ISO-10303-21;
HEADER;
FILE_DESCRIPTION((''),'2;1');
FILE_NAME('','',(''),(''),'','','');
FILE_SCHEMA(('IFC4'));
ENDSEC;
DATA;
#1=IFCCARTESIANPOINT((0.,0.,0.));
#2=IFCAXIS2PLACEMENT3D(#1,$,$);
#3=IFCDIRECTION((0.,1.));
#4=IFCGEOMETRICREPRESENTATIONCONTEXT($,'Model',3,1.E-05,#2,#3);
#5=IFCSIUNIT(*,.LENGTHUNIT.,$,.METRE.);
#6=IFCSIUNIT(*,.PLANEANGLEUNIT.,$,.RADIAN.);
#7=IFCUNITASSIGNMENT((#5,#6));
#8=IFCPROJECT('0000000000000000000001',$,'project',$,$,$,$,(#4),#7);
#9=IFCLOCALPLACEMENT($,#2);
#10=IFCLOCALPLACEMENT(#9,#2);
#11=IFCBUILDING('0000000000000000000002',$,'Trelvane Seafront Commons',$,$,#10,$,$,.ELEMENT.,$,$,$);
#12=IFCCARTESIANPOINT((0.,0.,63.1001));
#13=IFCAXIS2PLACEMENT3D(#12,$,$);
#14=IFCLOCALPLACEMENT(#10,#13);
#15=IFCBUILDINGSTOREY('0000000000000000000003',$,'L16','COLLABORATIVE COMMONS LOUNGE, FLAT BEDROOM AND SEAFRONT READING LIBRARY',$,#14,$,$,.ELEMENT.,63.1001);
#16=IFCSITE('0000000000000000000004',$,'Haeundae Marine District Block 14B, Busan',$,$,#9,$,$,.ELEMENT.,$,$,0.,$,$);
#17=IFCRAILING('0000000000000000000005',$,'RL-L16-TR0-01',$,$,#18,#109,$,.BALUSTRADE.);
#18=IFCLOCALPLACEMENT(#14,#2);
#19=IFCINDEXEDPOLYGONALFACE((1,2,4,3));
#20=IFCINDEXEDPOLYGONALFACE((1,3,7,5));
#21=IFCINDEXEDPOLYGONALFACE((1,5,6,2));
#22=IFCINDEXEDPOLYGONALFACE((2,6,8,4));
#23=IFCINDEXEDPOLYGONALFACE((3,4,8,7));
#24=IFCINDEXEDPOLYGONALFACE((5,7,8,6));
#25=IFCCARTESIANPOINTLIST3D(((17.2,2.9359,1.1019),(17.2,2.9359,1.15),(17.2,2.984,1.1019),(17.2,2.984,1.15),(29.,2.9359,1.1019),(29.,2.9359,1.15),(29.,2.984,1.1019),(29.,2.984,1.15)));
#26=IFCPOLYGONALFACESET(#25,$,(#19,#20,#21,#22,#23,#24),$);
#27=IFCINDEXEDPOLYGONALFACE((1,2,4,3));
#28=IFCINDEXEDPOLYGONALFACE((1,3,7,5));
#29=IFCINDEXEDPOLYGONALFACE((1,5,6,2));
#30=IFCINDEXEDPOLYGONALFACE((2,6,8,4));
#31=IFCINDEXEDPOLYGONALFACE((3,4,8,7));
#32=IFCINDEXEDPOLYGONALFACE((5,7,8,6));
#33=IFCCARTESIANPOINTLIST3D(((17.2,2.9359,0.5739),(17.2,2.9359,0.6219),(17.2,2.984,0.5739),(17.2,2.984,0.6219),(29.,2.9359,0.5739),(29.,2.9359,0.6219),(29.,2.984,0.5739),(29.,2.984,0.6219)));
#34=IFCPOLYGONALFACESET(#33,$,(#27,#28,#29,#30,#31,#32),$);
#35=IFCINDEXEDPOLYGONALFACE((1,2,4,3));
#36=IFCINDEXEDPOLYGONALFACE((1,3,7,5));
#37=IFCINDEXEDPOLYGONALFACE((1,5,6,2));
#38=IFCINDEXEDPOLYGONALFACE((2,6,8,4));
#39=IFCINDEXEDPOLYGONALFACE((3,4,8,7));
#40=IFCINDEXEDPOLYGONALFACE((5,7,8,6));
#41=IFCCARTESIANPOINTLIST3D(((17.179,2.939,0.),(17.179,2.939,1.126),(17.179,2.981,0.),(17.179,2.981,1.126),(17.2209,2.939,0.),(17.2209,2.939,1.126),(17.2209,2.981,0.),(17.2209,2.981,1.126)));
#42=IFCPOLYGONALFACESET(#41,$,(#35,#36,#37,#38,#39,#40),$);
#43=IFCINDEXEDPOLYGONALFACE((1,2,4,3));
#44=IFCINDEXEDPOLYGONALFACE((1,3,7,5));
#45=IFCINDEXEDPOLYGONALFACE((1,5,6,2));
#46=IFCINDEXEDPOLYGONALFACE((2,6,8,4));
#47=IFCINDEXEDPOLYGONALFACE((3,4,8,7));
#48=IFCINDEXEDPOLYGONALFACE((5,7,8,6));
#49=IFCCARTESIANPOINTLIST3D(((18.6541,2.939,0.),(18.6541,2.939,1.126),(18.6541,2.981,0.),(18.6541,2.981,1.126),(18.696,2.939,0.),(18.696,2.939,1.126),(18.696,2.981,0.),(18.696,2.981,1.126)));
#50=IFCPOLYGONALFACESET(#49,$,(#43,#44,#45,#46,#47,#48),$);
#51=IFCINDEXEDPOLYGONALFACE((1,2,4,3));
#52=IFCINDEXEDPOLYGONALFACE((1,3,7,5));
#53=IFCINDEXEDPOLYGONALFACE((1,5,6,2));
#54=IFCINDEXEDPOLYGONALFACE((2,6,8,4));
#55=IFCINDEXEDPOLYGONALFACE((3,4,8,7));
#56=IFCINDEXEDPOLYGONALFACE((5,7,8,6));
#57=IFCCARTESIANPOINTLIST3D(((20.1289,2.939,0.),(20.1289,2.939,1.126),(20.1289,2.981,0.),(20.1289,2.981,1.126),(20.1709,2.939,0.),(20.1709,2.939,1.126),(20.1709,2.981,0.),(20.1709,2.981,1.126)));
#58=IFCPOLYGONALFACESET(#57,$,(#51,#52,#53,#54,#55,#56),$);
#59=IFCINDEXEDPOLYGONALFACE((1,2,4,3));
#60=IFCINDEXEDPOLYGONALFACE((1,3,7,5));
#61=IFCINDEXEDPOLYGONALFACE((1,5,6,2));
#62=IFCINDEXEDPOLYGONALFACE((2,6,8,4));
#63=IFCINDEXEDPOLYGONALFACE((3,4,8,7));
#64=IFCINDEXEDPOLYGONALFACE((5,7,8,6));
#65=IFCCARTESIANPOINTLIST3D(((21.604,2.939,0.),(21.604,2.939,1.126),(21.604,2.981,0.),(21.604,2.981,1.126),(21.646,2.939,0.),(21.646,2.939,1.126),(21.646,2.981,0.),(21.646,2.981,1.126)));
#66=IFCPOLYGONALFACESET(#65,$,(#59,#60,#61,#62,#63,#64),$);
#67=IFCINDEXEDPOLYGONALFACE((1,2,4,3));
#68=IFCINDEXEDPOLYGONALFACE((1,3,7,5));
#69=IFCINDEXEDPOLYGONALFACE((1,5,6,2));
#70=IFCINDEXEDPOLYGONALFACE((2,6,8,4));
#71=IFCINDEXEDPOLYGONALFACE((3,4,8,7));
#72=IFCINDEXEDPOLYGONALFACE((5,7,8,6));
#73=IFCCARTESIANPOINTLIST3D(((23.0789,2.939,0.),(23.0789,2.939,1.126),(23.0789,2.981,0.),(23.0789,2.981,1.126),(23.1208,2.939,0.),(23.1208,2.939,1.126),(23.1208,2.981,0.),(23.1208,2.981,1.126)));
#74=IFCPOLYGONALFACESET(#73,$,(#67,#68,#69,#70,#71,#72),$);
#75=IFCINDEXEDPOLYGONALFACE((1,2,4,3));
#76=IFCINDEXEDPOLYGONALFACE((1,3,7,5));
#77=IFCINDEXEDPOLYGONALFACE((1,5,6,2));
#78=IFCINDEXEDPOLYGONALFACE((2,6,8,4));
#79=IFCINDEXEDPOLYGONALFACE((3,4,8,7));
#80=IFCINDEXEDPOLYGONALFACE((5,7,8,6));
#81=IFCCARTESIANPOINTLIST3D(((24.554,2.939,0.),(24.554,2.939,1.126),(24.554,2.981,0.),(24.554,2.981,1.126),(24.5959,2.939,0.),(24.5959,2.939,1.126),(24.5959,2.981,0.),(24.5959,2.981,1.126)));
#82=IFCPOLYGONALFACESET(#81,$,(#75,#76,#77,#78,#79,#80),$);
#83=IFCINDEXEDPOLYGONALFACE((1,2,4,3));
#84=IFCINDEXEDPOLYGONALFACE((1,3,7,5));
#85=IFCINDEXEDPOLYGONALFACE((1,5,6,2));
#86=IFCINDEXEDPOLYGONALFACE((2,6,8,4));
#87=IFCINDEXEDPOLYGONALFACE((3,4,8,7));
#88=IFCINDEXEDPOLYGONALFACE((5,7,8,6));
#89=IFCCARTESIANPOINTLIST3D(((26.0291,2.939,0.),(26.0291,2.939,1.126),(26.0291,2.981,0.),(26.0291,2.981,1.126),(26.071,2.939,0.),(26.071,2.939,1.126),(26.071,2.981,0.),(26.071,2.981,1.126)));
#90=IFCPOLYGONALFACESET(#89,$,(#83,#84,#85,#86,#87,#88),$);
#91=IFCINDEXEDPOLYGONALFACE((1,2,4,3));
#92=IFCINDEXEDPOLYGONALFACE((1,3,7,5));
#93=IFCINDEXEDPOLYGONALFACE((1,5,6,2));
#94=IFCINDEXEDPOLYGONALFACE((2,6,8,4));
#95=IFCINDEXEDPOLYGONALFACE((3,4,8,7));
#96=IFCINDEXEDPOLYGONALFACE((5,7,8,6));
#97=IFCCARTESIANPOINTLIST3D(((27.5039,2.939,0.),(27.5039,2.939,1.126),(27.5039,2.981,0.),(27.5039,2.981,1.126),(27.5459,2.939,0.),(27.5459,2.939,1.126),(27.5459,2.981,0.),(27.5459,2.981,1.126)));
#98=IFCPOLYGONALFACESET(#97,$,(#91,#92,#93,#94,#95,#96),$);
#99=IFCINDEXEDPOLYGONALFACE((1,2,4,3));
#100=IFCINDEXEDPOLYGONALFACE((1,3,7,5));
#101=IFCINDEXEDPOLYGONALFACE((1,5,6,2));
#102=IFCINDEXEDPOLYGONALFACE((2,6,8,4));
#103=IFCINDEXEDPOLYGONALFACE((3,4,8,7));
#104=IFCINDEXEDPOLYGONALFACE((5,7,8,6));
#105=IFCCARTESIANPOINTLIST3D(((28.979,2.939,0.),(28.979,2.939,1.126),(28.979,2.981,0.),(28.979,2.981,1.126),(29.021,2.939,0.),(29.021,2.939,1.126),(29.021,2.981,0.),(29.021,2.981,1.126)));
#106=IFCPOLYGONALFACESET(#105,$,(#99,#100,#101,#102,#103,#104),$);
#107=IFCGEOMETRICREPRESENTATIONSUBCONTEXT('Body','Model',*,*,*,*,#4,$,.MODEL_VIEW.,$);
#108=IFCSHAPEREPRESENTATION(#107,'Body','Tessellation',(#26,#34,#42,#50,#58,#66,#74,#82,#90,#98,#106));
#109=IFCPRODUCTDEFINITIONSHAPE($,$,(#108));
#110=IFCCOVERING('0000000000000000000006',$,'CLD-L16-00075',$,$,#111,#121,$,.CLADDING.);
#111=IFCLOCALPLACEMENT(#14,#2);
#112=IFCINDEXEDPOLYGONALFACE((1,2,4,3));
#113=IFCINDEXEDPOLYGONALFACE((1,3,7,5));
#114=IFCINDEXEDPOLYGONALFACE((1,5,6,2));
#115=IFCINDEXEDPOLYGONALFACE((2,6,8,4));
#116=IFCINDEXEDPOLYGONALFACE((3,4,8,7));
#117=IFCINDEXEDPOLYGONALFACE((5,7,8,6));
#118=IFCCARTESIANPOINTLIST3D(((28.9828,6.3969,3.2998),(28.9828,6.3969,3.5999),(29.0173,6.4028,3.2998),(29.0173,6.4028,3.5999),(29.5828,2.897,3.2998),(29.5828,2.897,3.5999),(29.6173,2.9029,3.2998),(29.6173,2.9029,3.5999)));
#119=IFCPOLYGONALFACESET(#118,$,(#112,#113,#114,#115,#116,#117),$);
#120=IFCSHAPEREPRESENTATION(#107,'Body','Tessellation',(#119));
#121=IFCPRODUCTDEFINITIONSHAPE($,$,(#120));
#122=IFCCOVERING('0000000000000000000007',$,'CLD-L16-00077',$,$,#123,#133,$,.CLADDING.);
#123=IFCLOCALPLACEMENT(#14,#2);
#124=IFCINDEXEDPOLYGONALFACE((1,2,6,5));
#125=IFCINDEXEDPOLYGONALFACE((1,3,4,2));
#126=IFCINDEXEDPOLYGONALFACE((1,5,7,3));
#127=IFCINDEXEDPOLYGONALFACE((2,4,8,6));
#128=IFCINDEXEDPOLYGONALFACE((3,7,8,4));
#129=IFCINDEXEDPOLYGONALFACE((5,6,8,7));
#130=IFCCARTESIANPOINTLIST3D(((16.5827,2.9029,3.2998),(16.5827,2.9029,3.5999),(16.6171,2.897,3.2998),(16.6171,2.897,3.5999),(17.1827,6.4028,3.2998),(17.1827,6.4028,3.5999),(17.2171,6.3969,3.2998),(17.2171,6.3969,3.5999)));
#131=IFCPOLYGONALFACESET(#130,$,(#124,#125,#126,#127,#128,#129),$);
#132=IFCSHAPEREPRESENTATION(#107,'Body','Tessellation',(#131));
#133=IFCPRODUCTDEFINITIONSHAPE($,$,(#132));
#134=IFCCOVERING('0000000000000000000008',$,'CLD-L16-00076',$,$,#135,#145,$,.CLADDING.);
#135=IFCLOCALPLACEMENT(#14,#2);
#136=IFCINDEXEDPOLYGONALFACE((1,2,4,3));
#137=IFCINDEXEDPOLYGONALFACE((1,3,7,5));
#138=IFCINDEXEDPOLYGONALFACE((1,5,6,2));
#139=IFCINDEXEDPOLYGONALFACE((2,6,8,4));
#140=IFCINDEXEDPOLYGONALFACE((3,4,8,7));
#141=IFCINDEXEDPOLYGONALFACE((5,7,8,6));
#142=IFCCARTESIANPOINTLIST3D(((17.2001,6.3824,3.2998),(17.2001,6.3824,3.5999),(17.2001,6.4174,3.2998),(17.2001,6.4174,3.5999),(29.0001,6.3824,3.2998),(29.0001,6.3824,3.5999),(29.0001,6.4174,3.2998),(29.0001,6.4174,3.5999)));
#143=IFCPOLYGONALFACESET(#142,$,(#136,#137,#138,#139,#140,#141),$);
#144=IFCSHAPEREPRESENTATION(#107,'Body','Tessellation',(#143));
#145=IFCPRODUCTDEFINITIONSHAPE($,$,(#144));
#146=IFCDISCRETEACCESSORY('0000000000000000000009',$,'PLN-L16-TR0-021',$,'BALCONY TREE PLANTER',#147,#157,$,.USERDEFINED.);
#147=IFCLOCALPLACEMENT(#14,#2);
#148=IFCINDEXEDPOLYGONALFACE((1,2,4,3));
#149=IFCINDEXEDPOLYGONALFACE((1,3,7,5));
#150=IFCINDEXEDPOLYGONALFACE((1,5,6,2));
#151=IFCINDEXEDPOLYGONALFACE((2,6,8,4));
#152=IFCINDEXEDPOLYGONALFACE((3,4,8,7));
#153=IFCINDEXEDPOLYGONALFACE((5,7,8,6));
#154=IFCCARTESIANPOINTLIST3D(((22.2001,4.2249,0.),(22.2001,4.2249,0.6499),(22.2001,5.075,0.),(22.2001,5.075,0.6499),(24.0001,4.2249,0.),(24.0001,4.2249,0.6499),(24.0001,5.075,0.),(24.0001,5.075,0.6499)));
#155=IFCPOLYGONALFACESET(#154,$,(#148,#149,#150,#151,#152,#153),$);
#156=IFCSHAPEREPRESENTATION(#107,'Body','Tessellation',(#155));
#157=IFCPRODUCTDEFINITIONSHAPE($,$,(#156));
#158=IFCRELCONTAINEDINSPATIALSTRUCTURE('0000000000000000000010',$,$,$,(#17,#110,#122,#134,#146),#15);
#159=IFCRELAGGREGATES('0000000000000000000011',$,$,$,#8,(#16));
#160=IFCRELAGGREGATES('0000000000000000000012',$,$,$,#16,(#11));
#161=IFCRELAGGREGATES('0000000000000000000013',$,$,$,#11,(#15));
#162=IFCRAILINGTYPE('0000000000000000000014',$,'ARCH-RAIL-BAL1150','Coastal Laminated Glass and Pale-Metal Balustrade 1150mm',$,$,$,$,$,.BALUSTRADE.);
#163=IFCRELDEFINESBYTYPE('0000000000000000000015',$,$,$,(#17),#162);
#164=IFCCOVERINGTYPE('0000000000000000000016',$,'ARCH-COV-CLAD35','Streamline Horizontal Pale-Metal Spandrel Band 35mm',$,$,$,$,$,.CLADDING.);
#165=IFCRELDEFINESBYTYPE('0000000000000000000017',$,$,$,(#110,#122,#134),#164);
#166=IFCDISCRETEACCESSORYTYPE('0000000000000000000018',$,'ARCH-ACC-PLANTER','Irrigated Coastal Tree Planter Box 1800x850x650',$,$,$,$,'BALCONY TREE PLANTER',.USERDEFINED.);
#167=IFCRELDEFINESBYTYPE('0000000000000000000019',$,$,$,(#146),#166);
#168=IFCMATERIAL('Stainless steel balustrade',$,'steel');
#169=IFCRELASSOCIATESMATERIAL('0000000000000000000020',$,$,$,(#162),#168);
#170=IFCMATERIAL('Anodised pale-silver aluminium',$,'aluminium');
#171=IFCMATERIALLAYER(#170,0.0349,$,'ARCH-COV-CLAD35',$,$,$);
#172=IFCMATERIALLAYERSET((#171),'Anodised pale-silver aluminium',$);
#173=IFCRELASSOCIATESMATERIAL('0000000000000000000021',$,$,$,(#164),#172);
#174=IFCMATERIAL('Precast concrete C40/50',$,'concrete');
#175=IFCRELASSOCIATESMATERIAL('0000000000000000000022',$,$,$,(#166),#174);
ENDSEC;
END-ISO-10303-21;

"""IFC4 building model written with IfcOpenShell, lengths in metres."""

from ifc_helpers import new_model, si_unit, direction, frame, origin, origin_2d, place, context, subcontext, project, spatial, rectangle, extrude, source, transform, mapped, material, layer, layer_set, type_object, element, save


model = new_model("IFC4")

# Units and contexts
model_context = context("Model", 3, precision=1e-05, world=origin(), true_north=direction((0.0, 1.0)))
body_context = subcontext(model_context, "Body", "Model", "MODEL_VIEW")
ifc_project = project(units=[si_unit("LENGTHUNIT", "METRE"), si_unit("PLANEANGLEUNIT", "RADIAN")], contexts=[model_context])

# Site, building, storey
site_placement = place(None, origin())
site = spatial("IfcSite", under=ifc_project, at=site_placement, Name="Haeundae Marine District Block 14B, Busan", CompositionType="ELEMENT", RefElevation=0.0)
building_placement = place(site_placement, origin())
building = spatial("IfcBuilding", under=site, at=building_placement, Name="Trelvane Seafront Commons", CompositionType="ELEMENT")
storey_placement = place(building_placement, frame((0.0, 0.0, 63.1001)))
storey = spatial("IfcBuildingStorey", under=building, at=storey_placement, Name="L16", Description="COLLABORATIVE COMMONS LOUNGE, FLAT BEDROOM AND SEAFRONT READING LIBRARY", CompositionType="ELEMENT", Elevation=63.1001)

# Shared definitions
ifc_material_1 = material(Name="Anodised pale-silver aluminium", Category="aluminium")

# Shared definitions
ifc_material_2 = material(Name="Precast concrete C40/50", Category="concrete")

# Railing
ifc_material_3 = material(Name="Stainless steel balustrade", Category="steel")
railing_type = type_object("IfcRailingType", Name="ARCH-RAIL-BAL1150", Description="Coastal Laminated Glass and Pale-Metal Balustrade 1150mm", PredefinedType="BALUSTRADE", material=ifc_material_3)
railing_placement = place(storey_placement, frame((17.2, 2.96, 0.0)))
element("IfcRailing", 1, at=railing_placement, inside=storey, type_object=railing_type, Name="RL-L16-TR0-01", PredefinedType="BALUSTRADE", context=body_context, shape_type="SweptSolid", body=[
    extrude(rectangle(XDim=0.0481, YDim=0.0481, at=origin_2d()), frame((0.0, 0.0, 1.126), z_axis=(1.0, 0.0, 0.0), x_axis=(0.0, 1.0, 0.0)), (0.0, 0.0, 1.0), 11.8),
    extrude(rectangle(XDim=0.0481, YDim=0.0481, at=origin_2d()), frame((0.0, 0.0, 0.5979), z_axis=(1.0, 0.0, 0.0), x_axis=(0.0, 1.0, 0.0)), (0.0, 0.0, 1.0), 11.8),
    extrude(rectangle(XDim=0.042, YDim=0.042, at=origin_2d()), origin(), (0.0, 0.0, 1.0), 1.126),
    extrude(rectangle(XDim=0.042, YDim=0.042, at=origin_2d()), frame((1.4751, 0.0, 0.0)), (0.0, 0.0, 1.0), 1.126),
    extrude(rectangle(XDim=0.042, YDim=0.042, at=origin_2d()), frame((2.95, 0.0, 0.0)), (0.0, 0.0, 1.0), 1.126),
    extrude(rectangle(XDim=0.042, YDim=0.042, at=origin_2d()), frame((4.425, 0.0, 0.0)), (0.0, 0.0, 1.0), 1.126),
    extrude(rectangle(XDim=0.042, YDim=0.042, at=origin_2d()), frame((5.8999, 0.0, 0.0)), (0.0, 0.0, 1.0), 1.126),
    extrude(rectangle(XDim=0.042, YDim=0.042, at=origin_2d()), frame((7.375, 0.0, 0.0)), (0.0, 0.0, 1.0), 1.126),
    extrude(rectangle(XDim=0.042, YDim=0.042, at=origin_2d()), frame((8.8501, 0.0, 0.0)), (0.0, 0.0, 1.0), 1.126),
    extrude(rectangle(XDim=0.042, YDim=0.042, at=origin_2d()), frame((10.325, 0.0, 0.0)), (0.0, 0.0, 1.0), 1.126),
    extrude(rectangle(XDim=0.042, YDim=0.042, at=origin_2d()), frame((11.8, 0.0, 0.0)), (0.0, 0.0, 1.0), 1.126),
])

# Coverings
ifc_layer_1 = layer(ifc_material_1, 0.0349, Name="ARCH-COV-CLAD35")
ifc_layer_set_1 = layer_set([ifc_layer_1], Name="Anodised pale-silver aluminium")
covering_type = type_object("IfcCoveringType", Name="ARCH-COV-CLAD35", Description="Streamline Horizontal Pale-Metal Spandrel Band 35mm", PredefinedType="CLADDING", material=ifc_layer_set_1)
shared_shape_1 = source(origin(), body_context, "Body", "SweptSolid", [
    extrude(rectangle(XDim=3.551, YDim=0.0349, at=origin_2d()), origin(), (0.0, 0.0, 1.0), 0.3),
])
for number, where, z_axis, x_axis, name in (
    (2, (29.3, 4.6499, 3.2998), (0.0, 0.0, 1.0), (-0.168964, 0.985622, 0.0), "CLD-L16-00075"),
    (3, (16.8999, 4.6499, 3.2998), (0.0, 0.0, 1.0), (-0.168964, -0.985622, 0.0), "CLD-L16-00077"),
):
    element("IfcCovering", number, at=place(storey_placement, frame(where, z_axis=z_axis, x_axis=x_axis)), inside=storey, type_object=covering_type, Name=name, PredefinedType="CLADDING", context=body_context, shape_type="MappedRepresentation", body=[
        mapped(shared_shape_1, transform((0.0, 0.0, 0.0), x_axis=(1.0, 0.0, 0.0), y_axis=(0.0, 1.0, 0.0), z_axis=(0.0, 0.0, 1.0), scale=1.0)),
    ])
shared_shape_2 = source(origin(), body_context, "Body", "SweptSolid", [
    extrude(rectangle(XDim=11.8, YDim=0.0349, at=origin_2d()), origin(), (0.0, 0.0, 1.0), 0.3),
])
covering_placement = place(storey_placement, frame((23.1001, 6.3999, 3.2998), z_axis=(0.0, 0.0, 1.0), x_axis=(-1.0, 0.0, 0.0)))
element("IfcCovering", 4, at=covering_placement, inside=storey, type_object=covering_type, Name="CLD-L16-00076", PredefinedType="CLADDING", context=body_context, shape_type="MappedRepresentation", body=[
    mapped(shared_shape_2, transform((0.0, 0.0, 0.0), x_axis=(1.0, 0.0, 0.0), y_axis=(0.0, 1.0, 0.0), z_axis=(0.0, 0.0, 1.0), scale=1.0)),
])

# Discrete accessory
discrete_accessory_type = type_object("IfcDiscreteAccessoryType", Name="ARCH-ACC-PLANTER", Description="Irrigated Coastal Tree Planter Box 1800x850x650", ElementType="BALCONY TREE PLANTER", PredefinedType="USERDEFINED", material=ifc_material_2)
shared_shape_3 = source(origin(), body_context, "Body", "SweptSolid", [
    extrude(rectangle(XDim=1.8, YDim=0.8501, at=origin_2d()), origin(), (0.0, 0.0, 1.0), 0.6499),
])
discrete_accessory_placement = place(storey_placement, frame((23.1001, 4.6499, 0.0), z_axis=(0.0, 0.0, 1.0), x_axis=(1.0, 0.0, 0.0)))
element("IfcDiscreteAccessory", 5, at=discrete_accessory_placement, inside=storey, type_object=discrete_accessory_type, Name="PLN-L16-TR0-021", ObjectType="BALCONY TREE PLANTER", PredefinedType="USERDEFINED", context=body_context, shape_type="MappedRepresentation", body=[
    mapped(shared_shape_3, transform((0.0, 0.0, 0.0), x_axis=(1.0, 0.0, 0.0), y_axis=(0.0, 1.0, 0.0), z_axis=(0.0, 0.0, 1.0), scale=1.0)),
])

save(model, "model.ifc")
